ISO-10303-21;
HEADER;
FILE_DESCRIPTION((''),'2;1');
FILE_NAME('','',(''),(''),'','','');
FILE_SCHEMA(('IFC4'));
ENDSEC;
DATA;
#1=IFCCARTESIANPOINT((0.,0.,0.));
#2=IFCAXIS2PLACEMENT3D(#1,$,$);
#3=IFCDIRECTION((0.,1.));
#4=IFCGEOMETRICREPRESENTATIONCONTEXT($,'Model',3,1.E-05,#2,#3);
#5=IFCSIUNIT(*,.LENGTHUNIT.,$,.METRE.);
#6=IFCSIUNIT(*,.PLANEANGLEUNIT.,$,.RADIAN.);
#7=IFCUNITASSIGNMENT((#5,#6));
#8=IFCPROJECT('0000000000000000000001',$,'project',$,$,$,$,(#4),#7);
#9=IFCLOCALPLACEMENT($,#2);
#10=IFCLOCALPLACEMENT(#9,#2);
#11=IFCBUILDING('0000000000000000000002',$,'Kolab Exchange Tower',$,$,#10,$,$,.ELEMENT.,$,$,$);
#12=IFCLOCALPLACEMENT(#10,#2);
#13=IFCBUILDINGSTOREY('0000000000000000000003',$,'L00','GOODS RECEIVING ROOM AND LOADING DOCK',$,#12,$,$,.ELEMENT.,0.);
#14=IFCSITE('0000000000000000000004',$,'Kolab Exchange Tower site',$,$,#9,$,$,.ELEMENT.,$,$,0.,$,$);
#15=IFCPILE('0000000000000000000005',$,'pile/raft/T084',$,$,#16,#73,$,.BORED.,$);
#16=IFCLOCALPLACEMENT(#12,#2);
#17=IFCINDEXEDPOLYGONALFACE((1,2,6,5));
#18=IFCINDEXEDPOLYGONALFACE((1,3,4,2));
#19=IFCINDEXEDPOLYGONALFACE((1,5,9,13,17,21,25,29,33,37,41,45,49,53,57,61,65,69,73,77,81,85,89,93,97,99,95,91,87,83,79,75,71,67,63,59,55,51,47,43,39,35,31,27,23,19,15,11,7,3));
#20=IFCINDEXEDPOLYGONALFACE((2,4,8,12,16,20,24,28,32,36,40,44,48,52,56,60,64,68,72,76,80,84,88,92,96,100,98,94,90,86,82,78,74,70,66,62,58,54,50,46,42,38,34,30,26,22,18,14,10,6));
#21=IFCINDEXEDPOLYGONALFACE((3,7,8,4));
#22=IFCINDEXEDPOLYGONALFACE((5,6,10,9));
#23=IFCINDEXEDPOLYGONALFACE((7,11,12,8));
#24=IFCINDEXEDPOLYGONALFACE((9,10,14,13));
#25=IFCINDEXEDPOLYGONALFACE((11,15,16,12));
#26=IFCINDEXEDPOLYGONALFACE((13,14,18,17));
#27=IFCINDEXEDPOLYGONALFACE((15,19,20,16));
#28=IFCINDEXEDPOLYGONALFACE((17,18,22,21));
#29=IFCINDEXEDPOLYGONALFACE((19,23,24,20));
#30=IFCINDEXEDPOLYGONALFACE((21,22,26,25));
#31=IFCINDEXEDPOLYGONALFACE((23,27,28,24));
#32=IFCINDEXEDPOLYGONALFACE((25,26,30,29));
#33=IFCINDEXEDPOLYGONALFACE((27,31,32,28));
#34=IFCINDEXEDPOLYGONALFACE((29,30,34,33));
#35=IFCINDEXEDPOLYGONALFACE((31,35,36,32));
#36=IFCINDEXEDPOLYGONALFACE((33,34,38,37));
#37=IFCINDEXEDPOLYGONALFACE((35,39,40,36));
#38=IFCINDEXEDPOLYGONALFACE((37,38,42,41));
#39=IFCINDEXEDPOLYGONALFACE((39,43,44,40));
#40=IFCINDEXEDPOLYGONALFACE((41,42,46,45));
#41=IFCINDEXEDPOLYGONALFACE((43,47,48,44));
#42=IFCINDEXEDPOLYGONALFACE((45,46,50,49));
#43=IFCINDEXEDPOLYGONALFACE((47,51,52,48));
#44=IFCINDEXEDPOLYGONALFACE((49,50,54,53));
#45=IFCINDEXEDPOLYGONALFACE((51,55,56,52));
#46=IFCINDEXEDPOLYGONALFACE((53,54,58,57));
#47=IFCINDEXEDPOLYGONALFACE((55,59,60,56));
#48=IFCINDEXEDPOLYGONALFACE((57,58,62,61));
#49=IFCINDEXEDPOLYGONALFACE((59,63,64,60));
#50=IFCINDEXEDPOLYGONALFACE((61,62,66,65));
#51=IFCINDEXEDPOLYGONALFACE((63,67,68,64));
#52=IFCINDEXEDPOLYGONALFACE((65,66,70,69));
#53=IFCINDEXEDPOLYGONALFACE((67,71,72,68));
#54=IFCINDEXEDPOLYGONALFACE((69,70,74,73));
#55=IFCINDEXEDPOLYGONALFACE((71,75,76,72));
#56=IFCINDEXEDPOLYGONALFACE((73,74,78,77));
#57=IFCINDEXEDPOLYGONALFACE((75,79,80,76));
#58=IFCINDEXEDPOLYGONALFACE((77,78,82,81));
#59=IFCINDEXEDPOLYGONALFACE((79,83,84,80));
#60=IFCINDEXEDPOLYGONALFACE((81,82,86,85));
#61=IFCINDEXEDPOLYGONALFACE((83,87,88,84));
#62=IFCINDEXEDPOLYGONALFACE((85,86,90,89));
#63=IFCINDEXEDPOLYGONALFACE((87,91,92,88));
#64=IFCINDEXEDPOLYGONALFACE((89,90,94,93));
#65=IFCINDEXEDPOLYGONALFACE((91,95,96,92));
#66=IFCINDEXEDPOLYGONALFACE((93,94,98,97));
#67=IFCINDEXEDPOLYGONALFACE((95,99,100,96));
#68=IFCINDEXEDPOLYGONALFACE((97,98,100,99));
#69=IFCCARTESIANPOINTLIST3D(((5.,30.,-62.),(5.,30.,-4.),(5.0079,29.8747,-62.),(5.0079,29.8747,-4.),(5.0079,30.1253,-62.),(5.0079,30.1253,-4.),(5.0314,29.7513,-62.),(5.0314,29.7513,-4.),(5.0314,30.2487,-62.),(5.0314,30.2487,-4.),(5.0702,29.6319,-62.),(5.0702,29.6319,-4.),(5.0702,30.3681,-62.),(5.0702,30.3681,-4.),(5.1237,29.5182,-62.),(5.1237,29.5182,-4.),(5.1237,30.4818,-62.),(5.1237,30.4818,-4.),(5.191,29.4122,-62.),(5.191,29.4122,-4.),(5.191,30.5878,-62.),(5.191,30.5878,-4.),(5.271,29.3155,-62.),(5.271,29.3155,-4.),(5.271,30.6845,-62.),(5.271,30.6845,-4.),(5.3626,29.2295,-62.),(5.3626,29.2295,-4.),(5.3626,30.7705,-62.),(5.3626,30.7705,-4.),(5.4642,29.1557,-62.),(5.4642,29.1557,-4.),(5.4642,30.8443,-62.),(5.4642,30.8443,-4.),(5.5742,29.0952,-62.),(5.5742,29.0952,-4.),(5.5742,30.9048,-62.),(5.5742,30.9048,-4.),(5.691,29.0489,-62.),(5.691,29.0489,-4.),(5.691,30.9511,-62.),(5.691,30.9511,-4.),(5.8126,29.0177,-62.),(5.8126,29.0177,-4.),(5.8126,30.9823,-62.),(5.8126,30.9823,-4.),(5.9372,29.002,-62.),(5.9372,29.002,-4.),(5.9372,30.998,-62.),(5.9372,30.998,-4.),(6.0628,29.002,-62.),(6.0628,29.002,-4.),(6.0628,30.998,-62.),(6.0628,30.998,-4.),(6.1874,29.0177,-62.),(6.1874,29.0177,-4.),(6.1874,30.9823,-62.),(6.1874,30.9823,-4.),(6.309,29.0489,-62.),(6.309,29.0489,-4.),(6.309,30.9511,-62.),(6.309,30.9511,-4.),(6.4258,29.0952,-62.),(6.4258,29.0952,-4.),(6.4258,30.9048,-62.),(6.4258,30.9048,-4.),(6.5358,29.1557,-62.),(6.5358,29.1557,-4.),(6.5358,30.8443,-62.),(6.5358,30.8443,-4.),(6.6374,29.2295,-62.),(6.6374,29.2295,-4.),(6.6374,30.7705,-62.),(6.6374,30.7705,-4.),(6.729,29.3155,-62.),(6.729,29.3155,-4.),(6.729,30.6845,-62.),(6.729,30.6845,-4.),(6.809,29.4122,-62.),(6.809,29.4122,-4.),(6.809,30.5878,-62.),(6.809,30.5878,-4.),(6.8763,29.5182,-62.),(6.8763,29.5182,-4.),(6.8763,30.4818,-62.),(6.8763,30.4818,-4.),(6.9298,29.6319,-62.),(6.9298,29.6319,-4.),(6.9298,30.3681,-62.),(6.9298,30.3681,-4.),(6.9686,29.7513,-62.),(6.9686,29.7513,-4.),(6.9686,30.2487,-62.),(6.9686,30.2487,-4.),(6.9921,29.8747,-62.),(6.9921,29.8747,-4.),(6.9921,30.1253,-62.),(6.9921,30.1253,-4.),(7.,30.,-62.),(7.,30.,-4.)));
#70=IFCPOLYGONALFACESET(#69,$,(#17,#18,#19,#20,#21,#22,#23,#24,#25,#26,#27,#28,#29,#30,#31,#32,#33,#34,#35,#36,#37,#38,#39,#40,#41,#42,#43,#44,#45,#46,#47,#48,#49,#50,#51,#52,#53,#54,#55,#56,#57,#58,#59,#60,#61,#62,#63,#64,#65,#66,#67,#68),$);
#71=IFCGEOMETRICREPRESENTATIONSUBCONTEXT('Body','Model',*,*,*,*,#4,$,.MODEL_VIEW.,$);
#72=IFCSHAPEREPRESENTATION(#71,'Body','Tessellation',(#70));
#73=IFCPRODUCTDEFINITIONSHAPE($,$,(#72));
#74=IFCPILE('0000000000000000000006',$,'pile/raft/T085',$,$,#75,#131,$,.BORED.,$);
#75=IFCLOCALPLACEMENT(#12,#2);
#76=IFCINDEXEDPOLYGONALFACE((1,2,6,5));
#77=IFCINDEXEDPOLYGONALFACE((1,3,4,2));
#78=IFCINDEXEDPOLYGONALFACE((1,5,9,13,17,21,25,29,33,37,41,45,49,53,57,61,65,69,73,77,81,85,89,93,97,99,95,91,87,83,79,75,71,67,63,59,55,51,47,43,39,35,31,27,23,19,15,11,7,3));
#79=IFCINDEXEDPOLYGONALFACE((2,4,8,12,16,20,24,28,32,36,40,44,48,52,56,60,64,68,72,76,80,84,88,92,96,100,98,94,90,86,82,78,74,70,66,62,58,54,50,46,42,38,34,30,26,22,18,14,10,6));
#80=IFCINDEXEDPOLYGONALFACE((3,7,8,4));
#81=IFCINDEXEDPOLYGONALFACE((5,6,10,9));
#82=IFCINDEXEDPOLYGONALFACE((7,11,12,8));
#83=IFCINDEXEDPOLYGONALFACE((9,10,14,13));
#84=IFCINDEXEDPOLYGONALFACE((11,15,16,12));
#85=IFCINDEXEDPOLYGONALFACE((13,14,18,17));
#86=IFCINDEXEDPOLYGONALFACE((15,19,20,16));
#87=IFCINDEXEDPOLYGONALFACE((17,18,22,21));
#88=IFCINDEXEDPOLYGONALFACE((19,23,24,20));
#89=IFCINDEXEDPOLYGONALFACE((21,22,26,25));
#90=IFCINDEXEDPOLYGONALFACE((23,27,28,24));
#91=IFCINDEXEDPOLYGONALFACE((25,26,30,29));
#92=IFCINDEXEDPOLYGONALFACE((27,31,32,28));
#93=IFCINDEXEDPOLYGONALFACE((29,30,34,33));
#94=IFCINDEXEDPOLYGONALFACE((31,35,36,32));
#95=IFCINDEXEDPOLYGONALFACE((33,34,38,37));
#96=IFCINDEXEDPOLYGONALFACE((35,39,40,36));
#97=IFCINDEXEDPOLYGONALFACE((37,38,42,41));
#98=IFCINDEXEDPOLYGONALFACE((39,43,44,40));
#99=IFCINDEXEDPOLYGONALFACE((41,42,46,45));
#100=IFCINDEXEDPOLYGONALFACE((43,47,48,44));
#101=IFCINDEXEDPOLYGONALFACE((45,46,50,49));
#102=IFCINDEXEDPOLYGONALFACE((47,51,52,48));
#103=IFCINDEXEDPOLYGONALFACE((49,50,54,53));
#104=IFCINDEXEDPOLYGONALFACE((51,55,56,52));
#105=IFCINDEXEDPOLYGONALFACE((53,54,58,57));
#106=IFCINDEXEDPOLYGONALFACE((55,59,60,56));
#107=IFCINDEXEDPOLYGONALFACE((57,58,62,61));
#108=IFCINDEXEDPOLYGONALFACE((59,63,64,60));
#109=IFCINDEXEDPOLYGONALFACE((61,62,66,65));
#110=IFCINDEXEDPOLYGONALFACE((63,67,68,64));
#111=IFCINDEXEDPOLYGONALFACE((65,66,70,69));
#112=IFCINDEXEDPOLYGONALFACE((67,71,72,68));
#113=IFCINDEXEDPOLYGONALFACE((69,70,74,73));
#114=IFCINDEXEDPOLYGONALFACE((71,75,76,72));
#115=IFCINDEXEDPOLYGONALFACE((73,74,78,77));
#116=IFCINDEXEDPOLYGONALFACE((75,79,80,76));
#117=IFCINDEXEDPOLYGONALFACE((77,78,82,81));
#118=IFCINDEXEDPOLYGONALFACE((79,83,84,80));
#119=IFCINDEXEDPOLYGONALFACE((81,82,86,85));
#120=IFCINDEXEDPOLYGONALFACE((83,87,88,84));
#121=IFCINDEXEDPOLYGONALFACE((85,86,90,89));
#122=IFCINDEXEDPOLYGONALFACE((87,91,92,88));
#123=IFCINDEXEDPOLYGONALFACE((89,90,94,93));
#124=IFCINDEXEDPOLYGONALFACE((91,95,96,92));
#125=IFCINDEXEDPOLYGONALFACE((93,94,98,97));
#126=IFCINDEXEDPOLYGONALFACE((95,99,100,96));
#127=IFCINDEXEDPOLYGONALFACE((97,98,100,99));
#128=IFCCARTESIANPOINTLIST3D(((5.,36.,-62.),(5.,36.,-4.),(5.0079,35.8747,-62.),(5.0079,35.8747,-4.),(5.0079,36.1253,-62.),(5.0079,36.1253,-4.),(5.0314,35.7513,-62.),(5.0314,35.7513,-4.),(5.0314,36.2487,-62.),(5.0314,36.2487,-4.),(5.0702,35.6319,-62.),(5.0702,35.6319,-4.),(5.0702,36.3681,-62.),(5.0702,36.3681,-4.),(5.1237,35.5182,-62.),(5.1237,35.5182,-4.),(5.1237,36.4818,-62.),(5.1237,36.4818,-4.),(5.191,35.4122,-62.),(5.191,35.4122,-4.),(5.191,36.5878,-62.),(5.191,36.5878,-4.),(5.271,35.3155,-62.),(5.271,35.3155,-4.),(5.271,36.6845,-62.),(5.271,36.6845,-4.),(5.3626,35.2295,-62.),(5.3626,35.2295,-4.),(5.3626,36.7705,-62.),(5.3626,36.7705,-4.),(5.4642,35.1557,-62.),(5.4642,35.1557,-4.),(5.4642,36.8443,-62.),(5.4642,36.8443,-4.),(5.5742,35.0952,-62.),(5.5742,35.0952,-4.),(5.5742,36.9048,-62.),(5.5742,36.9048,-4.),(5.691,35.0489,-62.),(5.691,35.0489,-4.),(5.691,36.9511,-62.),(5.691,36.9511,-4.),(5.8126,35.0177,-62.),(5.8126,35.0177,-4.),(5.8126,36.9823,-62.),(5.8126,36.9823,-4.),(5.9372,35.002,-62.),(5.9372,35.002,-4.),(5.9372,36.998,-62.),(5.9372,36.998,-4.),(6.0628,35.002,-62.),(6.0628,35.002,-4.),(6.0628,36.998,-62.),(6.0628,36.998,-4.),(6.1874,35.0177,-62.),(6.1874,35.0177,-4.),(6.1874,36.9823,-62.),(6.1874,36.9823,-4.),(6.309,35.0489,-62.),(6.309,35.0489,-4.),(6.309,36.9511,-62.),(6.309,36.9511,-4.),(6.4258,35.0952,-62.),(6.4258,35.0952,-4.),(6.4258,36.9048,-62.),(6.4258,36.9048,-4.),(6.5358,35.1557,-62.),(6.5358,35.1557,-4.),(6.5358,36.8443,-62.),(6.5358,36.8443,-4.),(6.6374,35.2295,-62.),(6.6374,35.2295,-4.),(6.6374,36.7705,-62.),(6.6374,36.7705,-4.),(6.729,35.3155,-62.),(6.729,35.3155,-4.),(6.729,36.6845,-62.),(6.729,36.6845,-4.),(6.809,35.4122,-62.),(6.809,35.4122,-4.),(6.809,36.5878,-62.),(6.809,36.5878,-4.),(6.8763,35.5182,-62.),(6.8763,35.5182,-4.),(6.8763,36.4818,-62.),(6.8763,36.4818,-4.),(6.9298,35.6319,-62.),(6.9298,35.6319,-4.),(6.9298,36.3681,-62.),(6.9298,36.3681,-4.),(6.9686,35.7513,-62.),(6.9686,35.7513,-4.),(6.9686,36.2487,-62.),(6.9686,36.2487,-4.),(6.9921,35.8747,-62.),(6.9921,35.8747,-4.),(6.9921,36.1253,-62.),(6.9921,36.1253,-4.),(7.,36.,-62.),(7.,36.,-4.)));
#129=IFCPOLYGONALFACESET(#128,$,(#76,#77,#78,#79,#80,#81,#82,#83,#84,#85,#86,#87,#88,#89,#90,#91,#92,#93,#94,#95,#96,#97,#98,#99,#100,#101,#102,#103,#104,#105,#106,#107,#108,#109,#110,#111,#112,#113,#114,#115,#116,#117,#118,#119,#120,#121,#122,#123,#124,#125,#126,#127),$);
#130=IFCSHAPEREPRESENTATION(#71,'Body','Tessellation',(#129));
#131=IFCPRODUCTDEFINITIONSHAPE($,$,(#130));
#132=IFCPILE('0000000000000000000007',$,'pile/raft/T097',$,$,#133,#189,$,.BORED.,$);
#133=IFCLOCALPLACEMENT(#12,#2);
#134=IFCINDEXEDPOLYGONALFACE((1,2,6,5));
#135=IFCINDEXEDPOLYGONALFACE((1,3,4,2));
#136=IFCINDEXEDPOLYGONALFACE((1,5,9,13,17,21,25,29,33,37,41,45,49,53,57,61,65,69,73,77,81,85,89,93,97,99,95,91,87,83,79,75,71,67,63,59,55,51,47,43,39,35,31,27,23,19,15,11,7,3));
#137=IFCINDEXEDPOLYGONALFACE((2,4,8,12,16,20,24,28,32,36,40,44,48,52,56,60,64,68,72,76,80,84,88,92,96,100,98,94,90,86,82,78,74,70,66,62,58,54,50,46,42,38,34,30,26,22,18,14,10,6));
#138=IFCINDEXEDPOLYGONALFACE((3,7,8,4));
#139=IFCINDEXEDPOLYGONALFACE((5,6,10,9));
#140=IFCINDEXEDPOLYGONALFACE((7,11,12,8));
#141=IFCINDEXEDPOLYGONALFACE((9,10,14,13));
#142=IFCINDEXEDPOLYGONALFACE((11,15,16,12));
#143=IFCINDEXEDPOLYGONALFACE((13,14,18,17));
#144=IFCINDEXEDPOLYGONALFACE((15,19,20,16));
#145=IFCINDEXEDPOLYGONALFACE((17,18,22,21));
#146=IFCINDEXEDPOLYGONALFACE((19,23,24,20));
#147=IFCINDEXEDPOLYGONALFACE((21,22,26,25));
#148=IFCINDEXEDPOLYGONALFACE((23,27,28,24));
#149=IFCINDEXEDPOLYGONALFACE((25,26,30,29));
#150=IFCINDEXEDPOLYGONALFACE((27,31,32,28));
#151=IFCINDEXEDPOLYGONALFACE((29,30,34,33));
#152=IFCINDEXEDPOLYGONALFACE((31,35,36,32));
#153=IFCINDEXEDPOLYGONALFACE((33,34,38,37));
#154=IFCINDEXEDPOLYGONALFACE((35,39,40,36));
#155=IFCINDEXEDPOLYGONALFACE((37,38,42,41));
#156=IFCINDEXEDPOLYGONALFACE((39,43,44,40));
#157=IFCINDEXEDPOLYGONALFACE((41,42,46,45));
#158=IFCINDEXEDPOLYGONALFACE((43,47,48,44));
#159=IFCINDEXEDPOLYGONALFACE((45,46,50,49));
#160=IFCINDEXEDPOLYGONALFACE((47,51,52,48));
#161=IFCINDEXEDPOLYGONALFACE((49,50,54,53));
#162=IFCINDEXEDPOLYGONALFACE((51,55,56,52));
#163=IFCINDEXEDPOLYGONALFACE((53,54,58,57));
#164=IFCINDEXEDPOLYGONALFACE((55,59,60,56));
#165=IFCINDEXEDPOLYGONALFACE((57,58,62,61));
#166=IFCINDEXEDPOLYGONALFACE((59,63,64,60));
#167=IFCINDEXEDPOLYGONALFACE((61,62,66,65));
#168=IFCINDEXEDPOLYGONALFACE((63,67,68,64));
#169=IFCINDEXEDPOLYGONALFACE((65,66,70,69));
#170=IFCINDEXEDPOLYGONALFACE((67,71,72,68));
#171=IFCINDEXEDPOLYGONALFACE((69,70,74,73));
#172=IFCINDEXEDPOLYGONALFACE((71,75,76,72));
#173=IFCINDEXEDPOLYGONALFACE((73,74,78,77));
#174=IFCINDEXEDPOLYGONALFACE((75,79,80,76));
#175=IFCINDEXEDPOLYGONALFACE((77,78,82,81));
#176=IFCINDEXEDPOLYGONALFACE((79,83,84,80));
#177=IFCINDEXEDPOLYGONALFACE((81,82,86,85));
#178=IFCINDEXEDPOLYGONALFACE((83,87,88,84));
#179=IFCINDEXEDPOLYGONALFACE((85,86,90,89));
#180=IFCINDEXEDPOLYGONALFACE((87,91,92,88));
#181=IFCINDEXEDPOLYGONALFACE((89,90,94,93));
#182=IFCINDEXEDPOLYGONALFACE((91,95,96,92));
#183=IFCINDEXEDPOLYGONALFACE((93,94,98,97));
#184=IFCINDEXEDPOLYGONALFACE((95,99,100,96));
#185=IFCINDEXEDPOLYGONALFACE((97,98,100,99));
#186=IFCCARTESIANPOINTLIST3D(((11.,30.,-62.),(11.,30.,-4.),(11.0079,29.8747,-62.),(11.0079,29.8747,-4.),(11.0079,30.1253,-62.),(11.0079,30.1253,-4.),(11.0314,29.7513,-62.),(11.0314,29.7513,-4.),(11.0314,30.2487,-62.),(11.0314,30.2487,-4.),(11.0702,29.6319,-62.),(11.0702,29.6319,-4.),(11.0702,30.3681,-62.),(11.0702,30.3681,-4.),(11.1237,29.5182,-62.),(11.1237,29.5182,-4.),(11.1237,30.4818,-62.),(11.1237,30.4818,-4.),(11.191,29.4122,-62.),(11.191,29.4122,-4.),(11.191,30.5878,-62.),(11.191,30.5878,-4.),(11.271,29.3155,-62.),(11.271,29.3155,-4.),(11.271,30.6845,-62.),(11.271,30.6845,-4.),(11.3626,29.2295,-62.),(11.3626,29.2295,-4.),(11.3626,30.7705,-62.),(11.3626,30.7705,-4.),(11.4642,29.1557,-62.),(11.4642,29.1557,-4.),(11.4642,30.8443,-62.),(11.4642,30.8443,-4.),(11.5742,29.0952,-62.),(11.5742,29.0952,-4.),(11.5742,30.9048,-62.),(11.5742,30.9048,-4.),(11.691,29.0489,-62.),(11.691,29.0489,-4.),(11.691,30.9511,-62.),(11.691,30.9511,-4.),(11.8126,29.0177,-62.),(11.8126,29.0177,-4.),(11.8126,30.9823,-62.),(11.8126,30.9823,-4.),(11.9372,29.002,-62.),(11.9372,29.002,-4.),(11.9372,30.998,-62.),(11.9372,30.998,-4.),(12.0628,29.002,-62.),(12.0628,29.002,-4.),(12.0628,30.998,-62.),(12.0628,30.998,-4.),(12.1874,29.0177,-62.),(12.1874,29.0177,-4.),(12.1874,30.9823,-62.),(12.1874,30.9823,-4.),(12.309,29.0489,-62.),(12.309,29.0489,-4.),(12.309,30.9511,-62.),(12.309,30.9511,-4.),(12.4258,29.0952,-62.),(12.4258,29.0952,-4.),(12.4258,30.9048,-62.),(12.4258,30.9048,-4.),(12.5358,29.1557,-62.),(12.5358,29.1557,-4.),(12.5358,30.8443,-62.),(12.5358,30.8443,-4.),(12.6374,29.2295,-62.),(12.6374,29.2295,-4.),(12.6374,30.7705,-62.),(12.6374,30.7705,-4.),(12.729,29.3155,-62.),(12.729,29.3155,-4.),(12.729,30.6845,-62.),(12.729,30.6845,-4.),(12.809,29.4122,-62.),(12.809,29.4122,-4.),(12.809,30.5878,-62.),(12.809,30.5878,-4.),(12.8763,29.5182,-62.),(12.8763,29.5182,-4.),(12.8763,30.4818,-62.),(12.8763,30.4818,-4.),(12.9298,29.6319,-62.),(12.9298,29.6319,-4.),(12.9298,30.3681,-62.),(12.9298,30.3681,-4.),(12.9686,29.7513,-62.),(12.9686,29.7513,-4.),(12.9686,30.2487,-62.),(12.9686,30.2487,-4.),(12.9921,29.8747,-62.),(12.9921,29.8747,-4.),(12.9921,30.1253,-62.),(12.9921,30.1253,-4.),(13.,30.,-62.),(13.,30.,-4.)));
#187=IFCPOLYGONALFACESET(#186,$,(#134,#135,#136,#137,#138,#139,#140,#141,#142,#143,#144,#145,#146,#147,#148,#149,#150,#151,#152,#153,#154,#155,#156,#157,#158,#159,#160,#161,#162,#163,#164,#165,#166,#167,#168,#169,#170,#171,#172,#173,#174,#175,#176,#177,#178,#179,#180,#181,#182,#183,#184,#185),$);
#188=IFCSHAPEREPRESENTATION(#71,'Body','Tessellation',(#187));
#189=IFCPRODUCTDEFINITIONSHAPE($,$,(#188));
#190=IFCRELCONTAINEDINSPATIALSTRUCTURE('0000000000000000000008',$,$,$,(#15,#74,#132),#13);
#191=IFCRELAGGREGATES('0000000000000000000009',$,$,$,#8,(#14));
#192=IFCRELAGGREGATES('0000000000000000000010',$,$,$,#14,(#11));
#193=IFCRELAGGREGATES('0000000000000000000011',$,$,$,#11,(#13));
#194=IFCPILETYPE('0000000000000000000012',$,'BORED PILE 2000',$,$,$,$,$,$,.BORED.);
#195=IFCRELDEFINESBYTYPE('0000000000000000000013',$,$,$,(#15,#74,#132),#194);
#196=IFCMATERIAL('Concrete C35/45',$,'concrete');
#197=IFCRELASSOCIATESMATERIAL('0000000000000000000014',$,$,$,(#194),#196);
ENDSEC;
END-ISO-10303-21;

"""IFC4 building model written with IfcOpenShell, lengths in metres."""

from ifc_helpers import new_model, si_unit, direction, frame, origin, origin_2d, place, context, subcontext, project, spatial, circle, extrude, material, material_profile, profile_set, type_object, element, save


model = new_model("IFC4")

# Units and contexts
model_context = context("Model", 3, precision=1e-05, world=origin(), true_north=direction((0.0, 1.0)))
body_context = subcontext(model_context, "Body", "Model", "MODEL_VIEW")
ifc_project = project(units=[si_unit("LENGTHUNIT", "METRE"), si_unit("PLANEANGLEUNIT", "RADIAN")], contexts=[model_context])

# Site, building, storey
site_placement = place(None, origin())
site = spatial("IfcSite", under=ifc_project, at=site_placement, Name="Kolab Exchange Tower site", CompositionType="ELEMENT", RefElevation=0.0)
building_placement = place(site_placement, origin())
building = spatial("IfcBuilding", under=site, at=building_placement, Name="Kolab Exchange Tower", CompositionType="ELEMENT")
storey_placement = place(building_placement, origin())
storey = spatial("IfcBuildingStorey", under=building, at=storey_placement, Name="L00", Description="GOODS RECEIVING ROOM AND LOADING DOCK", CompositionType="ELEMENT", Elevation=0.0)

# Piles
ifc_material_1 = material(Name="Concrete C35/45", Category="concrete")
ifc_material_profile_1 = material_profile(ifc_material_1, circle(Radius=1.0, at=origin_2d()), Name="BP2000")
ifc_profile_set_1 = profile_set([ifc_material_profile_1], Name="Concrete C35/45")
pile_type_1 = type_object("IfcPileType", Name="BORED PILE 2000", PredefinedType="BORED", material=ifc_profile_set_1)
for number, where, z_axis, x_axis, name in (
    (1, (6.0, 30.0, -4.0), (0.0, 0.0, -1.0), (1.0, 0.0, 0.0), "pile/raft/T084"),
    (2, (6.0, 36.0, -4.0), (0.0, 0.0, -1.0), (1.0, 0.0, 0.0), "pile/raft/T085"),
    (3, (12.0, 30.0, -4.0), (0.0, 0.0, -1.0), (1.0, 0.0, 0.0), "pile/raft/T097"),
):
    element("IfcPile", number, at=place(storey_placement, frame(where, z_axis=z_axis, x_axis=x_axis)), inside=storey, type_object=pile_type_1, Name=name, PredefinedType="BORED", context=body_context, shape_type="SweptSolid", body=[
        extrude(circle(Radius=1.0, at=origin_2d()), origin(), (0.0, 0.0, 1.0), 58.0),
    ])

save(model, "model.ifc")
